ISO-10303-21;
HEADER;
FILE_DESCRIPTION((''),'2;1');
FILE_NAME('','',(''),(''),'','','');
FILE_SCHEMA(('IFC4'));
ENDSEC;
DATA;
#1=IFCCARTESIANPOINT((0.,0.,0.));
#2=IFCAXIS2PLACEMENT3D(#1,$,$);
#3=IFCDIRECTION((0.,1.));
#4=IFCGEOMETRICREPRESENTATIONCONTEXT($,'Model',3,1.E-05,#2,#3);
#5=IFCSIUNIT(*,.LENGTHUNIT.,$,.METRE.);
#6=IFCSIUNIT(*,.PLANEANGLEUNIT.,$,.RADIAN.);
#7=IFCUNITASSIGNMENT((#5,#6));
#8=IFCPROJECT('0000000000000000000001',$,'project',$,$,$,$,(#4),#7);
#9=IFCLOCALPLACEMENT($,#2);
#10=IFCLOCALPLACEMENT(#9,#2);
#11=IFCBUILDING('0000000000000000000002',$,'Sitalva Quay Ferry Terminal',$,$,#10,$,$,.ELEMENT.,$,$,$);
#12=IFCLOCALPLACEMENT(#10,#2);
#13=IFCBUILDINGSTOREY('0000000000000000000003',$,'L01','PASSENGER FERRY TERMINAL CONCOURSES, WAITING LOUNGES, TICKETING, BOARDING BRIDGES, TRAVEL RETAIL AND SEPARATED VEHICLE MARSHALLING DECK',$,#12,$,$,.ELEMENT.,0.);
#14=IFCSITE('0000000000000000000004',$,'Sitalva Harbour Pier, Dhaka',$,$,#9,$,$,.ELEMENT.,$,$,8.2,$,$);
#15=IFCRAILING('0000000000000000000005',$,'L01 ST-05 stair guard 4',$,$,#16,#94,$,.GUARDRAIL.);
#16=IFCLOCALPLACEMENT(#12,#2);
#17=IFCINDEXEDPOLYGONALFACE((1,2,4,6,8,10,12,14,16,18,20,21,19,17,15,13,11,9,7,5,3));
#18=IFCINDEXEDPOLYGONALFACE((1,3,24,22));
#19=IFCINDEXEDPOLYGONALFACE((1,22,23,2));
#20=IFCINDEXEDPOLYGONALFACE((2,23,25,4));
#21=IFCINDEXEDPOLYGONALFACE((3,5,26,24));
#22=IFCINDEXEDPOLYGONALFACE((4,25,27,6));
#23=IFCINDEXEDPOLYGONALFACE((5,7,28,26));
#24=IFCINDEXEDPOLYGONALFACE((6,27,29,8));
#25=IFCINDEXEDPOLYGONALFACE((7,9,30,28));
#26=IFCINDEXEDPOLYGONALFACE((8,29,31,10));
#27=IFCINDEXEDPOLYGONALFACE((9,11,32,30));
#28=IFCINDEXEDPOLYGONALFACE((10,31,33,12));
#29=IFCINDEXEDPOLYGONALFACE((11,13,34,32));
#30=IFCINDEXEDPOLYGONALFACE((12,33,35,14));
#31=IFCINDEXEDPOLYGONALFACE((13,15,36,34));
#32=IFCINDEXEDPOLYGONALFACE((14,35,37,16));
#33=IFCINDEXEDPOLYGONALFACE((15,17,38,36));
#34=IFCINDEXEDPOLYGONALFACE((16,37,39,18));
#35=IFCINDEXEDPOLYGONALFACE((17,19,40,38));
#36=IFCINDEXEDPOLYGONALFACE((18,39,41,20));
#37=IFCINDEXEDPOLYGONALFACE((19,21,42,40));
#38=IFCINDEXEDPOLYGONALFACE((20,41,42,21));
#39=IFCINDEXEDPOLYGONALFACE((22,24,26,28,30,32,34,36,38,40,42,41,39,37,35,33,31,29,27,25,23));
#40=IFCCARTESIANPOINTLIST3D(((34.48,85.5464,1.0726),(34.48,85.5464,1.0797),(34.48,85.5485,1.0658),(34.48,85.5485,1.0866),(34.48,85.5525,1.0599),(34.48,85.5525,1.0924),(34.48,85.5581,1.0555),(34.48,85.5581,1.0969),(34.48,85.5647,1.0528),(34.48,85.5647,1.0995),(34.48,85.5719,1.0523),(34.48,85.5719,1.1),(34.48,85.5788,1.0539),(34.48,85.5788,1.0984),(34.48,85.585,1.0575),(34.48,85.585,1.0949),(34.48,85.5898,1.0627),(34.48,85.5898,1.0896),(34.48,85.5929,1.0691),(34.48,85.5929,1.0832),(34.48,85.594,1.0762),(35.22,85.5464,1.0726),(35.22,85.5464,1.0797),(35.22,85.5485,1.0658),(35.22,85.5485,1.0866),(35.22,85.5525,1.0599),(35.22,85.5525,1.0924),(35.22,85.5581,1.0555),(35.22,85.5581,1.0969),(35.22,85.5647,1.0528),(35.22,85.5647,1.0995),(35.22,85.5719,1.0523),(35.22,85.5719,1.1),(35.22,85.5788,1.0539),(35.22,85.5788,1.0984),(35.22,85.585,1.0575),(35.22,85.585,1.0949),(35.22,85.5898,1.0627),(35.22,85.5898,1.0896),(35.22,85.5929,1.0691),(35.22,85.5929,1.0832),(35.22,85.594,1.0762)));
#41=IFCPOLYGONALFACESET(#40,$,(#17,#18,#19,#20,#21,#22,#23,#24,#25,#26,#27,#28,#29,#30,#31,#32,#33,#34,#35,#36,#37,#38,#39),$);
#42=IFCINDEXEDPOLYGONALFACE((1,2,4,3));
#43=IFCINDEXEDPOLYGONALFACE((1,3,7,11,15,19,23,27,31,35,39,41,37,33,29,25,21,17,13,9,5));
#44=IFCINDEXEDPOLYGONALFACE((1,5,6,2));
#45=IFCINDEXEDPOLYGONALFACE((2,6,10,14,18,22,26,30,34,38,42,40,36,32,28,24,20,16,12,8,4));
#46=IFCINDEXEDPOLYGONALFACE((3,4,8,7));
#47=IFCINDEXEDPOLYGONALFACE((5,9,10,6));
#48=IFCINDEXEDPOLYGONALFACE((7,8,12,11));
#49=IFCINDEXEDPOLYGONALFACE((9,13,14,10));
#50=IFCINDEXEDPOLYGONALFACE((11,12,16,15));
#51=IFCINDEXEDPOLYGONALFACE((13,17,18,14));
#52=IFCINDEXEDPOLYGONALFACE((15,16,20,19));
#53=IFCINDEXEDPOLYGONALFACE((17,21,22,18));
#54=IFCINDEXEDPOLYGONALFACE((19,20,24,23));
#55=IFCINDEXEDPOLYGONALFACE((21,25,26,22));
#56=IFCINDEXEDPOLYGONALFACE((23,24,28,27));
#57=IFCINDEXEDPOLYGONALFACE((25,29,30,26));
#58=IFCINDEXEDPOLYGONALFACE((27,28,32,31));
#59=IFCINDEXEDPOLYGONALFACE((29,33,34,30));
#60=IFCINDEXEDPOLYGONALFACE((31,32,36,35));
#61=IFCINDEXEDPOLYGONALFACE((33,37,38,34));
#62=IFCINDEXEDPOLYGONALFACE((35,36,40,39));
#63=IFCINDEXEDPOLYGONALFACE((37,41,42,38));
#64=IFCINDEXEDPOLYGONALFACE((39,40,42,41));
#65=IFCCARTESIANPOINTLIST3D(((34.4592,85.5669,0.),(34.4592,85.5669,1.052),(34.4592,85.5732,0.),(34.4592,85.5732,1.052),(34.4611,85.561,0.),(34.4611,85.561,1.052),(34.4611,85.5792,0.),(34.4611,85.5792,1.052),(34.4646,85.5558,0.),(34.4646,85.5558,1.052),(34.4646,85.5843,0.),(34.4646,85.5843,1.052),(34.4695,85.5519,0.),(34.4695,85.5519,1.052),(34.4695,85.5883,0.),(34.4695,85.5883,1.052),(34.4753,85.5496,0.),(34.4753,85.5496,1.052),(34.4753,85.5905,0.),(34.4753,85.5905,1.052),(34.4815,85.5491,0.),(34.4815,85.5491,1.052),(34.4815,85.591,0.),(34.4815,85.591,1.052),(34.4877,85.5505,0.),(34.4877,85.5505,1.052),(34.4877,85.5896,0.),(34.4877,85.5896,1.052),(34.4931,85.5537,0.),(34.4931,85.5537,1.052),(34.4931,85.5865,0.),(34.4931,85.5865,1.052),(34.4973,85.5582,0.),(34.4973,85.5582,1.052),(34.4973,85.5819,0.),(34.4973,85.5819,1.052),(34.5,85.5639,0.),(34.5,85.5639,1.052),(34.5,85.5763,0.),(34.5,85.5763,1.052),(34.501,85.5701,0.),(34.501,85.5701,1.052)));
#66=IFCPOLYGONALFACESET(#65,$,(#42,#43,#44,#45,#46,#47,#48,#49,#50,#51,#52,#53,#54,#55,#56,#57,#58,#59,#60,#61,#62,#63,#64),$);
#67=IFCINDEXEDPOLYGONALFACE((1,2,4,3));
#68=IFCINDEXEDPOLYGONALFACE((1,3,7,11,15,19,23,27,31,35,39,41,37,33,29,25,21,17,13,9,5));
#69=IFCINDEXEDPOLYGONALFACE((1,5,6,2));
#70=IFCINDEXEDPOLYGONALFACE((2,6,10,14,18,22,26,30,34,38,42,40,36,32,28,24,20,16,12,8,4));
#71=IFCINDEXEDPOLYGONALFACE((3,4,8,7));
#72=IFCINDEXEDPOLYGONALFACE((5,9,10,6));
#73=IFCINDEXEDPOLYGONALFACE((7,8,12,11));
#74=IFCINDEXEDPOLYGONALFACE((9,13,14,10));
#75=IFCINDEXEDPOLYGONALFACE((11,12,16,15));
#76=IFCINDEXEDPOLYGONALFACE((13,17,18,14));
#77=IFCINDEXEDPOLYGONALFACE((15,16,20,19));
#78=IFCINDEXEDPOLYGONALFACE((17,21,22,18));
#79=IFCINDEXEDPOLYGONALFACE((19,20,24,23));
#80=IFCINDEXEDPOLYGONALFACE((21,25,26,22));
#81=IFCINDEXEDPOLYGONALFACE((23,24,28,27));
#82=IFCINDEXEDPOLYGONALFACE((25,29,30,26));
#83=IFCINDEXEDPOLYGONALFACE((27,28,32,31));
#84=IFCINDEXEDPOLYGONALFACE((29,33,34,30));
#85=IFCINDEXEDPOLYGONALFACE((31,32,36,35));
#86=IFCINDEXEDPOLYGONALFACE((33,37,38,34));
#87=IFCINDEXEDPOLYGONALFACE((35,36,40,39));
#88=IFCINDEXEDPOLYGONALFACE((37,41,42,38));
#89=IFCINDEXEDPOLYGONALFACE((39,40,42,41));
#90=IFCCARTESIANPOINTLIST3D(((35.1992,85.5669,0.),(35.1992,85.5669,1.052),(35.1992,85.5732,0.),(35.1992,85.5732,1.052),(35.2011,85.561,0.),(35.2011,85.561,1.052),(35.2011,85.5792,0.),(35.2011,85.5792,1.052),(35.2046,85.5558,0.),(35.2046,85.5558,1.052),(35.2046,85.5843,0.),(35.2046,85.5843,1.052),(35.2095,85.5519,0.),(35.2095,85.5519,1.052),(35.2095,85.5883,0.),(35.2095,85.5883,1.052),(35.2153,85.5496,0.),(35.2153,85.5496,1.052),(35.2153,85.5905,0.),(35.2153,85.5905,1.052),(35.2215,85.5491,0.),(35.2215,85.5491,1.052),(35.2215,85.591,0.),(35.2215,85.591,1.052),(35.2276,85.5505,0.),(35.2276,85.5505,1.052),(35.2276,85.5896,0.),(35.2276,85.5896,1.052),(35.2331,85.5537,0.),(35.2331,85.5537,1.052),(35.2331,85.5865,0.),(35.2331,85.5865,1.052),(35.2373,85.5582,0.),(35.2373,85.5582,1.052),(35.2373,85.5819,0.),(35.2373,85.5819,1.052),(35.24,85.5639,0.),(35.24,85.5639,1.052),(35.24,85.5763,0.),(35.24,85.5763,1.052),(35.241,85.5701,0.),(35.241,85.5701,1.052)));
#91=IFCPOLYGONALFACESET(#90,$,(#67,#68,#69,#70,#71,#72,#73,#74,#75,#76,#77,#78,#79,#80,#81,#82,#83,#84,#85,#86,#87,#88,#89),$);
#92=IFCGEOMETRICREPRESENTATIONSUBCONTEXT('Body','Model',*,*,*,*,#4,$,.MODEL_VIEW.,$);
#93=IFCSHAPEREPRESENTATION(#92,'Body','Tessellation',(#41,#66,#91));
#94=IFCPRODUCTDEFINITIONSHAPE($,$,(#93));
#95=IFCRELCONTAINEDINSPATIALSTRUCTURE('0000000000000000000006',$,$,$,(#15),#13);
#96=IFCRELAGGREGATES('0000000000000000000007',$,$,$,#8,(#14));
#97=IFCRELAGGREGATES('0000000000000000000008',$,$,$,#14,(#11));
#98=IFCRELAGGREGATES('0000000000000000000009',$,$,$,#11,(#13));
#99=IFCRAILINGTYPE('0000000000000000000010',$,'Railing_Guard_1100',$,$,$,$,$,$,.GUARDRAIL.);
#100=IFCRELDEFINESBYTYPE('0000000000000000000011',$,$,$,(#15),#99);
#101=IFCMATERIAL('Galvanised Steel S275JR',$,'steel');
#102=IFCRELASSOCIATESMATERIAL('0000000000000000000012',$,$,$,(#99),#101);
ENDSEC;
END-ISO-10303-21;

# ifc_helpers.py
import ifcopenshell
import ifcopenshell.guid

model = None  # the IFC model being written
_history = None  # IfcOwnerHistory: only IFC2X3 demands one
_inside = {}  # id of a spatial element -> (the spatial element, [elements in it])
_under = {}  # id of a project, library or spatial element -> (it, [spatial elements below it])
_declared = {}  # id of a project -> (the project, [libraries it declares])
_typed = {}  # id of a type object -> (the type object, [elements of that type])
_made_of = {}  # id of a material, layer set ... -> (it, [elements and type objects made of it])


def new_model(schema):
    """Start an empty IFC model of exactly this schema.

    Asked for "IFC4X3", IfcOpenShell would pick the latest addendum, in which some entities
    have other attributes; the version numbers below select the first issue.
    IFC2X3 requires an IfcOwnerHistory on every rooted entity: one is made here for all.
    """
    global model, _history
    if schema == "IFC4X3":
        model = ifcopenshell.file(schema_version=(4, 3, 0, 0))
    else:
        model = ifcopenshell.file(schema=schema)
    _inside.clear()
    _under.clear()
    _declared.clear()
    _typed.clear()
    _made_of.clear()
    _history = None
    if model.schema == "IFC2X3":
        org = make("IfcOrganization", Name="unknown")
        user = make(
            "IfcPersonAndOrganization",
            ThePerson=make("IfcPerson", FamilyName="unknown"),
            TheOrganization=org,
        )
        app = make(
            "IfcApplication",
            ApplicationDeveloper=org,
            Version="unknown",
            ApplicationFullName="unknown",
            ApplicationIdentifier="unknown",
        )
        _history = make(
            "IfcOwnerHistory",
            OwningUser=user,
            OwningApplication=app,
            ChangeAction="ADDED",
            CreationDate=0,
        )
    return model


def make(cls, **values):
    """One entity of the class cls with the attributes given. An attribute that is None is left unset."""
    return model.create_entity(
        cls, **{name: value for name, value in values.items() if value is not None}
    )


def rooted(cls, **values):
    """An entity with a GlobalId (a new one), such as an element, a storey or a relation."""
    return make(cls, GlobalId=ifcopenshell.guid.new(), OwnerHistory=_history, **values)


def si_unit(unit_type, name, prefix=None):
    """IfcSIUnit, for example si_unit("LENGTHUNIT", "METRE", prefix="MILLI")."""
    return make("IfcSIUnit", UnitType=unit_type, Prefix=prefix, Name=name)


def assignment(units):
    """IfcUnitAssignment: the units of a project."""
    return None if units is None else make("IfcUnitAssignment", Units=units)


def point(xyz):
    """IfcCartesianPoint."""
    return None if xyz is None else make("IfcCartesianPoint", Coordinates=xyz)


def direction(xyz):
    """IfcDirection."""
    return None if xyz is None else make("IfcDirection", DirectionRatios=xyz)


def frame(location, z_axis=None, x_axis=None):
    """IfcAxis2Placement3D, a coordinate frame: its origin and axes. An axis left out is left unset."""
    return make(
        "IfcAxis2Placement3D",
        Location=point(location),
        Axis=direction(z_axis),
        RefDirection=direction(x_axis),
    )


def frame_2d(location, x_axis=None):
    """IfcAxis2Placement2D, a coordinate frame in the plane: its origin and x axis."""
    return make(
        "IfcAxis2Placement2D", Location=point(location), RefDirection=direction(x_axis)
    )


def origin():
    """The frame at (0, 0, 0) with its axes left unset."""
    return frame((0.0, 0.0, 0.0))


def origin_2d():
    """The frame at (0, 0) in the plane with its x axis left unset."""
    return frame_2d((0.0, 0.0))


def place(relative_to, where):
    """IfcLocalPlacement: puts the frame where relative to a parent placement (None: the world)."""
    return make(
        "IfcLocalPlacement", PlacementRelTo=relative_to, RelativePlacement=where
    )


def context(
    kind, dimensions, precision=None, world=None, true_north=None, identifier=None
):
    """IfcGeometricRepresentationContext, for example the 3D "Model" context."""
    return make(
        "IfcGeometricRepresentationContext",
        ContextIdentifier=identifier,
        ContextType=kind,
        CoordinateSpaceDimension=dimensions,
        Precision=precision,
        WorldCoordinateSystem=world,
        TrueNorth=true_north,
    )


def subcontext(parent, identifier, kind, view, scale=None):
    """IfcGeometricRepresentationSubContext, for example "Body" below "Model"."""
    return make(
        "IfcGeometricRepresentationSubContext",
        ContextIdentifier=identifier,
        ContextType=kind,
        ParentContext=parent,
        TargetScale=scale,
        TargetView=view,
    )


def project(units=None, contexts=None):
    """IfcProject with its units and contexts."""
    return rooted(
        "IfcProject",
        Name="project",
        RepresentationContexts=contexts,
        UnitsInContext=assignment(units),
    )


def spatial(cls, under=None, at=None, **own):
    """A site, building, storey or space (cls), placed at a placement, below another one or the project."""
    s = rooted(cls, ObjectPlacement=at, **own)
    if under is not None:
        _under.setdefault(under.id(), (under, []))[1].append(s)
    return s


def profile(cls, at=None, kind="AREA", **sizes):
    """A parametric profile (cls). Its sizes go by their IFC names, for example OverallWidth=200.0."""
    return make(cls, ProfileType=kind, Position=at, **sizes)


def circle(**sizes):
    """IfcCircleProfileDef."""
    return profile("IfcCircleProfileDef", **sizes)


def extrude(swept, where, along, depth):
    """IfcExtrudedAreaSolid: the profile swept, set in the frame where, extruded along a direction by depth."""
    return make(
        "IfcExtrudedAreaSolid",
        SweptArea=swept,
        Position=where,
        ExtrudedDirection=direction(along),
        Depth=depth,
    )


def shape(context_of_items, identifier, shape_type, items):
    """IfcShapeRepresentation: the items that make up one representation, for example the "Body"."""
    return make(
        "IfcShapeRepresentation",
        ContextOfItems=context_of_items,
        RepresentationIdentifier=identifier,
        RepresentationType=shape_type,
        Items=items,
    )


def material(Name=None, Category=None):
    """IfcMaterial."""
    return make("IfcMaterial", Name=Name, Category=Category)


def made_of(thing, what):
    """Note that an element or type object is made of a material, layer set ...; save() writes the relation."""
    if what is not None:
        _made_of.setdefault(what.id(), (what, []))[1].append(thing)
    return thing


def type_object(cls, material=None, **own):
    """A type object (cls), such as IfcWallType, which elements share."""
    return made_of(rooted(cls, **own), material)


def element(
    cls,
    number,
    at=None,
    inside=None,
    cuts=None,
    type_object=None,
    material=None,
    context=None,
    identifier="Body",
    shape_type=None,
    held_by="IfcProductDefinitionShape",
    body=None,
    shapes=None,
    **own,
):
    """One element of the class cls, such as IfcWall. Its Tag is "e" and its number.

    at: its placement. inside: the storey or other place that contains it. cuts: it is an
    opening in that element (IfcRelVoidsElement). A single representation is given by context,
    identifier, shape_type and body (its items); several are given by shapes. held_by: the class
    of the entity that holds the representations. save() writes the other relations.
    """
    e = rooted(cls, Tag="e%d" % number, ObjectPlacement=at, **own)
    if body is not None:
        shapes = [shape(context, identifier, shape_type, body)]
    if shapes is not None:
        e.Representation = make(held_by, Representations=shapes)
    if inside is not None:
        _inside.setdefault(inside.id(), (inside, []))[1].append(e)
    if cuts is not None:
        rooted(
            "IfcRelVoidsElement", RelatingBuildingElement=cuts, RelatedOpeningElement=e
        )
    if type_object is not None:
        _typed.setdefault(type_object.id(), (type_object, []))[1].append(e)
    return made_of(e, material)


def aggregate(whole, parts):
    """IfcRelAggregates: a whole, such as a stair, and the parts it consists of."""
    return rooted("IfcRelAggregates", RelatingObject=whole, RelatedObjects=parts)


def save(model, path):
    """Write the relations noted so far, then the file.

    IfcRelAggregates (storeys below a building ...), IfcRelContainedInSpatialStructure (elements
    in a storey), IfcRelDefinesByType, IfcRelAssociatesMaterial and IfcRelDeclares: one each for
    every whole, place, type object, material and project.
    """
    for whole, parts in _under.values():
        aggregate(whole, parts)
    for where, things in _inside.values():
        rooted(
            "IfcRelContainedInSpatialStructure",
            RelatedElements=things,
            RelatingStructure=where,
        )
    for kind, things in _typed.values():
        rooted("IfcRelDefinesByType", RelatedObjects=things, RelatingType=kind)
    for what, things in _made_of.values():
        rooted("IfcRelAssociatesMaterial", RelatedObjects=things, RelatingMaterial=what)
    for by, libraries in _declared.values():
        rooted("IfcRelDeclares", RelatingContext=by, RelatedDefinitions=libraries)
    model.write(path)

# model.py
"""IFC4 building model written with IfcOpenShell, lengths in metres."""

from ifc_helpers import new_model, si_unit, direction, frame, origin, origin_2d, place, context, subcontext, project, spatial, circle, extrude, material, type_object, element, save


model = new_model("IFC4")

# Units and contexts
model_context = context("Model", 3, precision=1e-05, world=origin(), true_north=direction((0.0, 1.0)))
body_context = subcontext(model_context, "Body", "Model", "MODEL_VIEW")
ifc_project = project(units=[si_unit("LENGTHUNIT", "METRE"), si_unit("PLANEANGLEUNIT", "RADIAN")], contexts=[model_context])

# Site, building, storey
site_placement = place(None, origin())
site = spatial("IfcSite", under=ifc_project, at=site_placement, Name="Sitalva Harbour Pier, Dhaka", CompositionType="ELEMENT", RefElevation=8.2)
building_placement = place(site_placement, origin())
building = spatial("IfcBuilding", under=site, at=building_placement, Name="Sitalva Quay Ferry Terminal", CompositionType="ELEMENT")
storey_placement = place(building_placement, origin())
storey = spatial("IfcBuildingStorey", under=building, at=storey_placement, Name="L01", Description="PASSENGER FERRY TERMINAL CONCOURSES, WAITING LOUNGES, TICKETING, BOARDING BRIDGES, TRAVEL RETAIL AND SEPARATED VEHICLE MARSHALLING DECK", CompositionType="ELEMENT", Elevation=0.0)

# Railing
ifc_material_1 = material(Name="Galvanised Steel S275JR", Category="steel")
railing_type_1 = type_object("IfcRailingType", Name="Railing_Guard_1100", PredefinedType="GUARDRAIL", material=ifc_material_1)
railing_1_placement = place(storey_placement, frame((34.48, 85.5701, 0.0)))
element("IfcRailing", 1, at=railing_1_placement, inside=storey, type_object=railing_type_1, Name="L01 ST-05 stair guard 4", PredefinedType="GUARDRAIL", context=body_context, shape_type="SweptSolid", body=[
    extrude(circle(Radius=0.0239, at=origin_2d()), frame((0.0, 0.0, 1.0762), z_axis=(1.0, 0.0, 0.0), x_axis=(0.0, 1.0, 0.0)), (0.0, 0.0, 1.0), 0.74),
    extrude(circle(Radius=0.021, at=origin_2d()), origin(), (0.0, 0.0, 1.0), 1.052),
    extrude(circle(Radius=0.021, at=origin_2d()), frame((0.74, 0.0, 0.0)), (0.0, 0.0, 1.0), 1.052),
])

save(model, "model.ifc")
